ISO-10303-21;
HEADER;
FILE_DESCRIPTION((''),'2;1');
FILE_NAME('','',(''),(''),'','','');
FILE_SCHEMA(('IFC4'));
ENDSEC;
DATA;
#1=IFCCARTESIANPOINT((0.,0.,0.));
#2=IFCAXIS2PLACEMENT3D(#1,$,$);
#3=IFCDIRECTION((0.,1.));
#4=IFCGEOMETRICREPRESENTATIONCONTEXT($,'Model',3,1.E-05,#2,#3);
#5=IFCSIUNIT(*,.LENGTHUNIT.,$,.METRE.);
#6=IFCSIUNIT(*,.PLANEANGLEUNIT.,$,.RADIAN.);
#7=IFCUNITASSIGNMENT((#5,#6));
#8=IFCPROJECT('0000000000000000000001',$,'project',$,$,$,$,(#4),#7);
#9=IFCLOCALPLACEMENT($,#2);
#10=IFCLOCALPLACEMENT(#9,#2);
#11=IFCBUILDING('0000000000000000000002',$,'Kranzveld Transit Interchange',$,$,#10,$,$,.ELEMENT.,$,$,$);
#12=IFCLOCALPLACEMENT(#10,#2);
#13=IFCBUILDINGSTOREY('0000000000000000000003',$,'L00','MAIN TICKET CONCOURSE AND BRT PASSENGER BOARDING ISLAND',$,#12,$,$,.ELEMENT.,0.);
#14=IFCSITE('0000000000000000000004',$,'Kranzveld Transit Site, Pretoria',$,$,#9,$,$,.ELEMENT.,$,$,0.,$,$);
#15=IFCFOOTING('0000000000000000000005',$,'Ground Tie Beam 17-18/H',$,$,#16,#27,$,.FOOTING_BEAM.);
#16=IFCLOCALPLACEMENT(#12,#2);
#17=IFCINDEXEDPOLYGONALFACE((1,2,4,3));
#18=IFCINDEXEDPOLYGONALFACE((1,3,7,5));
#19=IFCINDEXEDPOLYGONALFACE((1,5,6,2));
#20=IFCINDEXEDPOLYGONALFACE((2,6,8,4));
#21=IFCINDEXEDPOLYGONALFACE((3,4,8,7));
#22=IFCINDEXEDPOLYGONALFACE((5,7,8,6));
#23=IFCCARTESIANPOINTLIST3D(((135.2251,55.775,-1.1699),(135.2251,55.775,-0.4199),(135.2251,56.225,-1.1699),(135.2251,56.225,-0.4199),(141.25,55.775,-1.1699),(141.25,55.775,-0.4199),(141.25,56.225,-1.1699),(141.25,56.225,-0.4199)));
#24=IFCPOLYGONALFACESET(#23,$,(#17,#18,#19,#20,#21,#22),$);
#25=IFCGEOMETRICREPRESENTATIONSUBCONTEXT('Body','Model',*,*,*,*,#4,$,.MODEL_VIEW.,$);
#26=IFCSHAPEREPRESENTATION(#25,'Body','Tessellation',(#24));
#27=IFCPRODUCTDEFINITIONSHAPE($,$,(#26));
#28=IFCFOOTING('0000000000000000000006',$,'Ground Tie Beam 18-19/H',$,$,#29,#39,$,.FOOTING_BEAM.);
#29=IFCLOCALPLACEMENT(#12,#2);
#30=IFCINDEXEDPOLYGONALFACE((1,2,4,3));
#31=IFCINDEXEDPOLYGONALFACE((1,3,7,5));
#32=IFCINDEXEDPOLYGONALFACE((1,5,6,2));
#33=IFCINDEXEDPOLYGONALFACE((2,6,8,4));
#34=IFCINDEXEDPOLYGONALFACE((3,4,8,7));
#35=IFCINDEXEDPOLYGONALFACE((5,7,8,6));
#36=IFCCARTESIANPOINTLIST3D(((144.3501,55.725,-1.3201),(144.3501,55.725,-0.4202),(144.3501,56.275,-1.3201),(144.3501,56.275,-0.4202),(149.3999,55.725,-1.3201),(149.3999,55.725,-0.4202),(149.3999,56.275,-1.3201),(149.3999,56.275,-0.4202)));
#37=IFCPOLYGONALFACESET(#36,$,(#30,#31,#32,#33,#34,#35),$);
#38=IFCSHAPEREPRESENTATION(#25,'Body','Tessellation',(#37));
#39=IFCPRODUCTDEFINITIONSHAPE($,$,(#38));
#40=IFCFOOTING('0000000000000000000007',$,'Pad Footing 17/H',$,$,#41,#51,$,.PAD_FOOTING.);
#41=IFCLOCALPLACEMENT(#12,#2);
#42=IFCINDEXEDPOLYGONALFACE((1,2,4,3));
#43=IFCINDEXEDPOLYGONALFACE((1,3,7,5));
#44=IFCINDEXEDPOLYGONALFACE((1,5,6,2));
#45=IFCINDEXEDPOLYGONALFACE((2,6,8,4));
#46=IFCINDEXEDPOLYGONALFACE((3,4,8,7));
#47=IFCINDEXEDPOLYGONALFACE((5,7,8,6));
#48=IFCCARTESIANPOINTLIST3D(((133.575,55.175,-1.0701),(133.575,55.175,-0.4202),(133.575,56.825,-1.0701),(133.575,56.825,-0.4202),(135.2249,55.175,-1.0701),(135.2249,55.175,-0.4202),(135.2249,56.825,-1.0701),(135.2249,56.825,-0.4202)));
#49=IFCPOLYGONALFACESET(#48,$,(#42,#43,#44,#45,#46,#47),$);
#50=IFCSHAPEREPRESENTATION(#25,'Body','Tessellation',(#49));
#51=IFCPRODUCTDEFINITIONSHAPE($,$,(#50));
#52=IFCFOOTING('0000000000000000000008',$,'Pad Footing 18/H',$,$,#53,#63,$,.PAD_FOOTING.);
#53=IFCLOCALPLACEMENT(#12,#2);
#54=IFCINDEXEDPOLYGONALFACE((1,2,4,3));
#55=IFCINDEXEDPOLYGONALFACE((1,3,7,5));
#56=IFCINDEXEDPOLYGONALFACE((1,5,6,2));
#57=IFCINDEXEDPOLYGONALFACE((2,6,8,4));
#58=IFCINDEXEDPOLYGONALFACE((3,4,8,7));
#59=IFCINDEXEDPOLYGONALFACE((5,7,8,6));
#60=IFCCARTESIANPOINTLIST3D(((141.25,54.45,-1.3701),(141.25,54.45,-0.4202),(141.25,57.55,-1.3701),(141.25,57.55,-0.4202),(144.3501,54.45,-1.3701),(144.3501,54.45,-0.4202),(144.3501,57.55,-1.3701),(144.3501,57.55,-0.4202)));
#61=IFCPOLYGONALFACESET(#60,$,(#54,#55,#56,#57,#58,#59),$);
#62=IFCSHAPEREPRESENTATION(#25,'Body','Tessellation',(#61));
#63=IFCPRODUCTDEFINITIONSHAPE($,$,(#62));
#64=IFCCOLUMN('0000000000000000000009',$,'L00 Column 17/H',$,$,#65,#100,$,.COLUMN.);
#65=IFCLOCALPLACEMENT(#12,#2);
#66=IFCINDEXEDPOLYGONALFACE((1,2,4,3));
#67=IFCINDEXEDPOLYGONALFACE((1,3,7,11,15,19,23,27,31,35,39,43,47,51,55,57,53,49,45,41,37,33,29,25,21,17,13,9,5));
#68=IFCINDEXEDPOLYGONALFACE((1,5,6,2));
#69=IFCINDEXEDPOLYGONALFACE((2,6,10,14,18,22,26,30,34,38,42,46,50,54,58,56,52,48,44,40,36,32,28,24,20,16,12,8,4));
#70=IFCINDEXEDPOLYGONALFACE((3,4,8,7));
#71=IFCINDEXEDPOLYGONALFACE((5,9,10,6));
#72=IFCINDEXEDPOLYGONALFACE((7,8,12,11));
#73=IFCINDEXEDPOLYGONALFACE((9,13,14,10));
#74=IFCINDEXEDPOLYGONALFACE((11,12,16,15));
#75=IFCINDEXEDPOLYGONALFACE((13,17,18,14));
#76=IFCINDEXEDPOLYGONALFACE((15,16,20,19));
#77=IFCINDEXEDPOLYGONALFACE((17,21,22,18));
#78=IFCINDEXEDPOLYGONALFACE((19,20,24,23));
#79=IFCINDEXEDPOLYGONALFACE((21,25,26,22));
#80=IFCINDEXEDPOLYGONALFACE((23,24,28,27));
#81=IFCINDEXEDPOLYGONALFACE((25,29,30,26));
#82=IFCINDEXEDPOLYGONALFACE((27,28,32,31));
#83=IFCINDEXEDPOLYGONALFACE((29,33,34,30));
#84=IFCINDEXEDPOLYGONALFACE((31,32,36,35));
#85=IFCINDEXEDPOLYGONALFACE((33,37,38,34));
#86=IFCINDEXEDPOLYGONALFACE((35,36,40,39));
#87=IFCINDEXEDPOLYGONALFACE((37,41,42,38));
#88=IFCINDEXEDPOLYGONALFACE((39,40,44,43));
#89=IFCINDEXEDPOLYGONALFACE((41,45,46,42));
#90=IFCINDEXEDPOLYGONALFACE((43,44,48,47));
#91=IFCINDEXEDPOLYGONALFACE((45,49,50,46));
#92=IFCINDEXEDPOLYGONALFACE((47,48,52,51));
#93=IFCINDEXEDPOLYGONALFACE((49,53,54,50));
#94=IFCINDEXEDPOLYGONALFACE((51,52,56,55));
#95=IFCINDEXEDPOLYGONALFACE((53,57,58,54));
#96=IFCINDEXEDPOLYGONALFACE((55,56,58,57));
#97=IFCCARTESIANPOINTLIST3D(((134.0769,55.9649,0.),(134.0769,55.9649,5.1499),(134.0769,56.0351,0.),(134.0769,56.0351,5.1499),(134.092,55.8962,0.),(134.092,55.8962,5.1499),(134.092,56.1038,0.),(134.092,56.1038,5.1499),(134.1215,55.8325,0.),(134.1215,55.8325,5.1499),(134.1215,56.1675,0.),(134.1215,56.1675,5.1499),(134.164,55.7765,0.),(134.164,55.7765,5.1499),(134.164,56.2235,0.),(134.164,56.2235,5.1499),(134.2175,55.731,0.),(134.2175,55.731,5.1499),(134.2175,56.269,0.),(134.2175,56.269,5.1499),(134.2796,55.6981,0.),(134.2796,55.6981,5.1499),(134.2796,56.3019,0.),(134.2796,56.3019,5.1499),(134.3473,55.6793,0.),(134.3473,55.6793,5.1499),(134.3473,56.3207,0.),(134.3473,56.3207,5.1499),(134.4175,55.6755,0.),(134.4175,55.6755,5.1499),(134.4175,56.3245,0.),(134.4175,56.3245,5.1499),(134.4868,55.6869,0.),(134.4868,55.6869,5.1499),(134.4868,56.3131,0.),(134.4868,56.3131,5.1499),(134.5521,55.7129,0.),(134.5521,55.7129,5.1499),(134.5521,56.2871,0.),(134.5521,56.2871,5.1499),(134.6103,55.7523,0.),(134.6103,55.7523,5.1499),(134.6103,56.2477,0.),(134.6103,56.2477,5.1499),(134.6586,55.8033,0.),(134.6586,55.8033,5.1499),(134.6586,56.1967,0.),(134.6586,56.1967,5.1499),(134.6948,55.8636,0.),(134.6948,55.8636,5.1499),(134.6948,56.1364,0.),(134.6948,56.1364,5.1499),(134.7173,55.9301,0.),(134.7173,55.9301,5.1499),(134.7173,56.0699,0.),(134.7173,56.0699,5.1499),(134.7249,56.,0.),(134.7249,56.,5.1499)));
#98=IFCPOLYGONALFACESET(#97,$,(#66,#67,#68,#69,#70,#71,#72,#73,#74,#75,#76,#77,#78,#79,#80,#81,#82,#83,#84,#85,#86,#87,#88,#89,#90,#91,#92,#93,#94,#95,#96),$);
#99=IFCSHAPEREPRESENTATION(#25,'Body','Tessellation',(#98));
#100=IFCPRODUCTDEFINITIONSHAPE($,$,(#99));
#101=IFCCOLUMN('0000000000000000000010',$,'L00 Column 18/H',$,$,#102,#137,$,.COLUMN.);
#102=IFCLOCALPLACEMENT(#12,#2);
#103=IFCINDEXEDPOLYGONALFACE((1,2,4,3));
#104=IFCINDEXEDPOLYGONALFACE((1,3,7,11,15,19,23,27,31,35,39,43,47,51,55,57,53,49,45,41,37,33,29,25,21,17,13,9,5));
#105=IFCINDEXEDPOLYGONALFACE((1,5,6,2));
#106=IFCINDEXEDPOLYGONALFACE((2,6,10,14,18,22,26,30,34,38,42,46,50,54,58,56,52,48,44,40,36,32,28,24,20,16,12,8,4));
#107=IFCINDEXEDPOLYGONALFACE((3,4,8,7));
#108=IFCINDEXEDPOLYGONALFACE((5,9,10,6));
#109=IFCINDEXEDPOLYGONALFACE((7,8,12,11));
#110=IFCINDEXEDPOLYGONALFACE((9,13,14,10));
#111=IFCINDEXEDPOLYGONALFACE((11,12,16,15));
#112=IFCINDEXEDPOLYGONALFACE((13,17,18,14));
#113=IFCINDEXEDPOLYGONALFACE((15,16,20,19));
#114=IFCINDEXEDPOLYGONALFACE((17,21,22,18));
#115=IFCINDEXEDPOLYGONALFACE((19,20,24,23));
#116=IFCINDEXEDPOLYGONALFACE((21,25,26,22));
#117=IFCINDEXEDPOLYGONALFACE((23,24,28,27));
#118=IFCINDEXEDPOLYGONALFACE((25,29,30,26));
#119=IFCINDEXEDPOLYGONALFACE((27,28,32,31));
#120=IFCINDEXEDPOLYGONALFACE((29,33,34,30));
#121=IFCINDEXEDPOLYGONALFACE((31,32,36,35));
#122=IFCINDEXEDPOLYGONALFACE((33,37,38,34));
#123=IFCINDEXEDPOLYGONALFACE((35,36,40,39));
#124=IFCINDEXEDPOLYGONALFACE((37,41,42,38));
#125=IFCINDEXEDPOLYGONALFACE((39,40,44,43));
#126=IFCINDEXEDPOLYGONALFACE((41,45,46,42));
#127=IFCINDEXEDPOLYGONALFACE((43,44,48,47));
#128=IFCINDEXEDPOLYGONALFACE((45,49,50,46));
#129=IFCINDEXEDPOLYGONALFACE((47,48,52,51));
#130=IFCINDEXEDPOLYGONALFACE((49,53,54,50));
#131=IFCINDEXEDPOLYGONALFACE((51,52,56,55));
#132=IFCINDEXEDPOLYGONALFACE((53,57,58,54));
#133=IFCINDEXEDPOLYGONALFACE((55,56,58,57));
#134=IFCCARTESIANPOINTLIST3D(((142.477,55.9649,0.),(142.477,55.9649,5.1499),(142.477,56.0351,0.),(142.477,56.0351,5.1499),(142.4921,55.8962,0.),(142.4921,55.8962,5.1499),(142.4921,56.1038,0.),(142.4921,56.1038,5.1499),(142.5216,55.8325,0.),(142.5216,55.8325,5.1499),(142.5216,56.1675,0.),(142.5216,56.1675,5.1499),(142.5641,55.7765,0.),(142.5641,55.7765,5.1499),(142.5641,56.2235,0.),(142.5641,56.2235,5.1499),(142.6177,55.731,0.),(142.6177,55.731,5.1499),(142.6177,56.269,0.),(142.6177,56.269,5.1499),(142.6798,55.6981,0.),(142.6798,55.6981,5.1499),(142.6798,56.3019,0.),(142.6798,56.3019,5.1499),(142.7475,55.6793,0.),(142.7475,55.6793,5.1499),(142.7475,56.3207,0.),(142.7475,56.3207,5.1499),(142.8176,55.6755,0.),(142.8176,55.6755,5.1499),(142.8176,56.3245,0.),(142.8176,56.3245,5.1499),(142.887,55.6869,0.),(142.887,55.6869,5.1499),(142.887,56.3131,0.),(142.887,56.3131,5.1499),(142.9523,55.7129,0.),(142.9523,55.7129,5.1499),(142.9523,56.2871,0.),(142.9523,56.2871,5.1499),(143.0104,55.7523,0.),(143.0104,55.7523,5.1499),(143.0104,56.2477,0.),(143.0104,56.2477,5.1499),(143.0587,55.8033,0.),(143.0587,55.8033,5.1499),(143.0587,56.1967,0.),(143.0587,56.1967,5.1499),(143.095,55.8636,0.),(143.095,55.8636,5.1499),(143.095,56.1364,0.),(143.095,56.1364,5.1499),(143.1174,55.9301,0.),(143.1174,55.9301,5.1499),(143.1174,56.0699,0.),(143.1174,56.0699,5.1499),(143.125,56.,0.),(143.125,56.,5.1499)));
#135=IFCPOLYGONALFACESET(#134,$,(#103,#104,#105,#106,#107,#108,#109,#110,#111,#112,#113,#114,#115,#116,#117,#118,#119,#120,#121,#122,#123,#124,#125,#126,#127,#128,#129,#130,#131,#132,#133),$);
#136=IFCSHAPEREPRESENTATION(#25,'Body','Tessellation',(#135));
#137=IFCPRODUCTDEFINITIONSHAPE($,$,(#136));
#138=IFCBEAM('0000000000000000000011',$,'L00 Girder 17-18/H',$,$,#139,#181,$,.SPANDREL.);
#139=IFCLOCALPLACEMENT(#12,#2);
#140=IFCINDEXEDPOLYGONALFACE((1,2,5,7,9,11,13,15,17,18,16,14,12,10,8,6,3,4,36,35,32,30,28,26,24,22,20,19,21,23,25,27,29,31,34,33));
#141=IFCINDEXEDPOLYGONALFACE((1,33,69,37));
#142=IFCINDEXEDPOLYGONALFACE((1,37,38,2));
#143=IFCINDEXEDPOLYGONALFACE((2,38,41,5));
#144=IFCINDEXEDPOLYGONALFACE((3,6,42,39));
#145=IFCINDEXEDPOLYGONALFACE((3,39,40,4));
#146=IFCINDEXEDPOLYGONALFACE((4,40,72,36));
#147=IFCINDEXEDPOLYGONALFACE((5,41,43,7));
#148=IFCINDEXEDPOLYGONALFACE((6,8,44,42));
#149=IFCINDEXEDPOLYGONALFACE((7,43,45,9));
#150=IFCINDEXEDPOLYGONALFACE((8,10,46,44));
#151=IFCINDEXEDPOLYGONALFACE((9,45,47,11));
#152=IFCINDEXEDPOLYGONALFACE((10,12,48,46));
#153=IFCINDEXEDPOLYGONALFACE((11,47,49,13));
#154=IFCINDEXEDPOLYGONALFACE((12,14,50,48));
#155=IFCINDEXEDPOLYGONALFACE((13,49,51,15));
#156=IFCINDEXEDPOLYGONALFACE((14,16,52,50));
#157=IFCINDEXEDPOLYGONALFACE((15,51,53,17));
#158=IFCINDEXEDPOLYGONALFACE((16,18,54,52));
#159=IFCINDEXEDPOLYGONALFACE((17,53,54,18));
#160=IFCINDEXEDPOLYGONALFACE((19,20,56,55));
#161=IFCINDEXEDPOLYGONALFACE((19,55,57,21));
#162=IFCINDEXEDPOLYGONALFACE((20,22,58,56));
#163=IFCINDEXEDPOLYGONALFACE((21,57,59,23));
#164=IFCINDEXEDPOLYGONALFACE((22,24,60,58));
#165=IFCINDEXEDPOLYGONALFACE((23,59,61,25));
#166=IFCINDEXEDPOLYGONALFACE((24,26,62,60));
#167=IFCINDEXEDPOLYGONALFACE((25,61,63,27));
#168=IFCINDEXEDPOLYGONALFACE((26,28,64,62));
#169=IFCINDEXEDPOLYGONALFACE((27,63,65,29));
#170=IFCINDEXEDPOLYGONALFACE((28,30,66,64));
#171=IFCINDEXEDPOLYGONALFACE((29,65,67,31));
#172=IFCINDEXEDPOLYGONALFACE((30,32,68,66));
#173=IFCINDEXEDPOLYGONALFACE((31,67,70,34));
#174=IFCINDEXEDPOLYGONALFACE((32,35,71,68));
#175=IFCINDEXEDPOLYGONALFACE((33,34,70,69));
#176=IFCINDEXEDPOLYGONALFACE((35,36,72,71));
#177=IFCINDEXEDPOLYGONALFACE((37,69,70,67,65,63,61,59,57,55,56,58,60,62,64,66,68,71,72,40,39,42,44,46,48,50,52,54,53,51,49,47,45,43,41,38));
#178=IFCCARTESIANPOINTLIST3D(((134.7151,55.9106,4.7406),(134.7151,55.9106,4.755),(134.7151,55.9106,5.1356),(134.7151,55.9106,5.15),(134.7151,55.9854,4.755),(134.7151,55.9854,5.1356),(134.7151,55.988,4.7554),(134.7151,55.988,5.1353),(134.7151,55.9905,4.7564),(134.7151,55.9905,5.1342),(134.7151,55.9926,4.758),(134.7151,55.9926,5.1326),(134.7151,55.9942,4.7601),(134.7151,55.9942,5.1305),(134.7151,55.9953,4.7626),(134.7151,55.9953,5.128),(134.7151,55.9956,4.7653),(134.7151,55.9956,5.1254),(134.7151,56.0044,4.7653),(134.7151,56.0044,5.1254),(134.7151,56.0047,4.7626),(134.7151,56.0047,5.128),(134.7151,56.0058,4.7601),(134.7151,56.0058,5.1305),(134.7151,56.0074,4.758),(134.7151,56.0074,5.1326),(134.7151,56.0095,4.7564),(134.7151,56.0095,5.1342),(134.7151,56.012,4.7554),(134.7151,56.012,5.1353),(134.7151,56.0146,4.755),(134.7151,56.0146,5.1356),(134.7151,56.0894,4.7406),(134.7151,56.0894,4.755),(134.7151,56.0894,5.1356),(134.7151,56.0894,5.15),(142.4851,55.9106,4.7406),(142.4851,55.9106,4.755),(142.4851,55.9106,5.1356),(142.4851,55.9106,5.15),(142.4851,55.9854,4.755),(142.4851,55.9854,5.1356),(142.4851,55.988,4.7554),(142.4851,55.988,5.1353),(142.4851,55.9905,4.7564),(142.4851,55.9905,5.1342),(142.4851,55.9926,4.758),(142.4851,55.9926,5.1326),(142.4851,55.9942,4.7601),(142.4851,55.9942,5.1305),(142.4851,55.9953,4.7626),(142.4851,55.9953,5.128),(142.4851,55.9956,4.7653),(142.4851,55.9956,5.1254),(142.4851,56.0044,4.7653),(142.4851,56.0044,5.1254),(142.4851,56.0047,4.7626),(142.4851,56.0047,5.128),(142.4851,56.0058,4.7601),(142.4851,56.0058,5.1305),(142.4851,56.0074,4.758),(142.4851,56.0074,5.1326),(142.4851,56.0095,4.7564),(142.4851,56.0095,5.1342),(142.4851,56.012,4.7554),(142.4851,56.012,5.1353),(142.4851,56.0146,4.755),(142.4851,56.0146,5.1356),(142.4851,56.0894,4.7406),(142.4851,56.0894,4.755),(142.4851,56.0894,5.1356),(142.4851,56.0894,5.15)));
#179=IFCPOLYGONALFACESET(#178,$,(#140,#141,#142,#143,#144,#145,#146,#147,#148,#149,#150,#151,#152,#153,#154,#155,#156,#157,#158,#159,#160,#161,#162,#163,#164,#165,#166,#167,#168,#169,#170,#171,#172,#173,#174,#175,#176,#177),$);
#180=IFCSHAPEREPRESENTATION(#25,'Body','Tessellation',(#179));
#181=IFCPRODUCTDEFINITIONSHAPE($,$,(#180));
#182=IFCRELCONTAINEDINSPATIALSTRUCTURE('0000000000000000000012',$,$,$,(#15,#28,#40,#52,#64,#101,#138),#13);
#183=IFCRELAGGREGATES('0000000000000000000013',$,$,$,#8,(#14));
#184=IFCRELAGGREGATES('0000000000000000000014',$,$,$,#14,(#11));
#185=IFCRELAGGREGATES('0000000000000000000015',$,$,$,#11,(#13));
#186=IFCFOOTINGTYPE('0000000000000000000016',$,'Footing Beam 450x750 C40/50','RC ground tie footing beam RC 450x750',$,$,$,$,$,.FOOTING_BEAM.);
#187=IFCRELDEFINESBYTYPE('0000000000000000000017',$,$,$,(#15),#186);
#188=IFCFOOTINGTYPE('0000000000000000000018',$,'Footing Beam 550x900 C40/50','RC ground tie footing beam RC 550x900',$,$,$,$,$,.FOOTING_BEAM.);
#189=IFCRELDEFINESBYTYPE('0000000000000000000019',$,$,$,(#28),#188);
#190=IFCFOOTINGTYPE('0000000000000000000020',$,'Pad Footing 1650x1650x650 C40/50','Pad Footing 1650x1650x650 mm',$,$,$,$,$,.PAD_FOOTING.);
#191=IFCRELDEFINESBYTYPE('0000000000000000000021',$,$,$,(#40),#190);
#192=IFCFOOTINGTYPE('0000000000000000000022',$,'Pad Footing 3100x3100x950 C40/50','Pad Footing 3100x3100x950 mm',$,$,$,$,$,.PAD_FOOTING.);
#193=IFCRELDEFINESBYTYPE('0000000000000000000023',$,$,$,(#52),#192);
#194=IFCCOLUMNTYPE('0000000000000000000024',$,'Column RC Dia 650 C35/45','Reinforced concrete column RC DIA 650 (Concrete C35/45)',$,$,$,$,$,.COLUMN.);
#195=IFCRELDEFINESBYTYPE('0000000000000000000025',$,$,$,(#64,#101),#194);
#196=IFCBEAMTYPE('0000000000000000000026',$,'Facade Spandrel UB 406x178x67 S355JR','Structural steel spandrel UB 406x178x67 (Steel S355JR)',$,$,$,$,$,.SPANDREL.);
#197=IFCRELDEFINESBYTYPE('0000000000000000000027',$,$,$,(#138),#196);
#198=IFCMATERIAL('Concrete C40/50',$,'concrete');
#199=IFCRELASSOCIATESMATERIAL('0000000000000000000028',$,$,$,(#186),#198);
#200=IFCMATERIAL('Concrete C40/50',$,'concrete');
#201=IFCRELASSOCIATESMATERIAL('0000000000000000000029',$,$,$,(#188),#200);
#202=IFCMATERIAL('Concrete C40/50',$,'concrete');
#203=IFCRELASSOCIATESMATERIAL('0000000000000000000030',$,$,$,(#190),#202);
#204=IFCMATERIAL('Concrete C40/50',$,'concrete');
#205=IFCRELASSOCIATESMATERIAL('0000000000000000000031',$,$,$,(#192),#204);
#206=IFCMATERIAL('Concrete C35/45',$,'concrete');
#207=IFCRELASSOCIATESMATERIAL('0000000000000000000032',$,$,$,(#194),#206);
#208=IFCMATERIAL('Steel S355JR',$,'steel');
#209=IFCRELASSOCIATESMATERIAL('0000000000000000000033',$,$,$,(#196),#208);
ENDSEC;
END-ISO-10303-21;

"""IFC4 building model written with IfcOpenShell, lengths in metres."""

from ifc_helpers import new_model, si_unit, direction, frame, origin, origin_2d, place, context, subcontext, project, spatial, rectangle, circle, i_section, extrude, material, material_profile, profile_set, type_object, element, save


model = new_model("IFC4")

# Units and contexts
model_context = context("Model", 3, precision=1e-05, world=origin(), true_north=direction((0.0, 1.0)))
body_context = subcontext(model_context, "Body", "Model", "MODEL_VIEW")
ifc_project = project(units=[si_unit("LENGTHUNIT", "METRE"), si_unit("PLANEANGLEUNIT", "RADIAN")], contexts=[model_context])

# Site, building, storey
site_placement = place(None, origin())
site = spatial("IfcSite", under=ifc_project, at=site_placement, Name="Kranzveld Transit Site, Pretoria", CompositionType="ELEMENT", RefElevation=0.0)
building_placement = place(site_placement, origin())
building = spatial("IfcBuilding", under=site, at=building_placement, Name="Kranzveld Transit Interchange", CompositionType="ELEMENT")
storey_placement = place(building_placement, origin())
storey = spatial("IfcBuildingStorey", under=building, at=storey_placement, Name="L00", Description="MAIN TICKET CONCOURSE AND BRT PASSENGER BOARDING ISLAND", CompositionType="ELEMENT", Elevation=0.0)

# Footings
ifc_material_1 = material(Name="Concrete C40/50", Category="concrete")
ifc_material_profile_1 = material_profile(ifc_material_1, rectangle(XDim=0.45, YDim=0.75, at=origin_2d()), Name="RC 450x750")
ifc_profile_set_1 = profile_set([ifc_material_profile_1], Name="Concrete C40/50")
footing_type_1 = type_object("IfcFootingType", Name="Footing Beam 450x750 C40/50", Description="RC ground tie footing beam RC 450x750", PredefinedType="FOOTING_BEAM", material=ifc_profile_set_1)
footing_1_placement = place(storey_placement, frame((135.2251, 56.0, -0.7949), z_axis=(1.0, 0.0, 0.0), x_axis=(0.0, 1.0, 0.0)))
element("IfcFooting", 1, at=footing_1_placement, inside=storey, type_object=footing_type_1, Name="Ground Tie Beam 17-18/H", PredefinedType="FOOTING_BEAM", context=body_context, shape_type="SweptSolid", body=[
    extrude(rectangle(XDim=0.45, YDim=0.75, at=origin_2d()), origin(), (0.0, 0.0, 1.0), 6.0249),
])
ifc_material_2 = material(Name="Concrete C40/50", Category="concrete")
ifc_material_profile_2 = material_profile(ifc_material_2, rectangle(XDim=0.55, YDim=0.8999, at=origin_2d()), Name="RC 550x900")
ifc_profile_set_2 = profile_set([ifc_material_profile_2], Name="Concrete C40/50")
footing_type_2 = type_object("IfcFootingType", Name="Footing Beam 550x900 C40/50", Description="RC ground tie footing beam RC 550x900", PredefinedType="FOOTING_BEAM", material=ifc_profile_set_2)
footing_2_placement = place(storey_placement, frame((144.3501, 56.0, -0.8701), z_axis=(1.0, 0.0, 0.0), x_axis=(0.0, 1.0, 0.0)))
element("IfcFooting", 2, at=footing_2_placement, inside=storey, type_object=footing_type_2, Name="Ground Tie Beam 18-19/H", PredefinedType="FOOTING_BEAM", context=body_context, shape_type="SweptSolid", body=[
    extrude(rectangle(XDim=0.55, YDim=0.8999, at=origin_2d()), origin(), (0.0, 0.0, 1.0), 5.0498),
])
ifc_material_3 = material(Name="Concrete C40/50", Category="concrete")
footing_type_3 = type_object("IfcFootingType", Name="Pad Footing 1650x1650x650 C40/50", Description="Pad Footing 1650x1650x650 mm", PredefinedType="PAD_FOOTING", material=ifc_material_3)
footing_3_placement = place(storey_placement, frame((134.3999, 56.0, -1.0701), z_axis=(0.0, 0.0, 1.0), x_axis=(1.0, 0.0, 0.0)))
element("IfcFooting", 3, at=footing_3_placement, inside=storey, type_object=footing_type_3, Name="Pad Footing 17/H", PredefinedType="PAD_FOOTING", context=body_context, shape_type="SweptSolid", body=[
    extrude(rectangle(XDim=1.6499, YDim=1.6499, at=origin_2d()), origin(), (0.0, 0.0, 1.0), 0.6499),
])
ifc_material_4 = material(Name="Concrete C40/50", Category="concrete")
footing_type_4 = type_object("IfcFootingType", Name="Pad Footing 3100x3100x950 C40/50", Description="Pad Footing 3100x3100x950 mm", PredefinedType="PAD_FOOTING", material=ifc_material_4)
footing_4_placement = place(storey_placement, frame((142.8, 56.0, -1.3701), z_axis=(0.0, 0.0, 1.0), x_axis=(1.0, 0.0, 0.0)))
element("IfcFooting", 4, at=footing_4_placement, inside=storey, type_object=footing_type_4, Name="Pad Footing 18/H", PredefinedType="PAD_FOOTING", context=body_context, shape_type="SweptSolid", body=[
    extrude(rectangle(XDim=3.1001, YDim=3.1001, at=origin_2d()), origin(), (0.0, 0.0, 1.0), 0.95),
])

# Columns
ifc_material_5 = material(Name="Concrete C35/45", Category="concrete")
ifc_material_profile_3 = material_profile(ifc_material_5, circle(Radius=0.325, at=origin_2d()), Name="RC DIA 650")
ifc_profile_set_3 = profile_set([ifc_material_profile_3], Name="Concrete C35/45")
column_type = type_object("IfcColumnType", Name="Column RC Dia 650 C35/45", Description="Reinforced concrete column RC DIA 650 (Concrete C35/45)", PredefinedType="COLUMN", material=ifc_profile_set_3)
for number, where, z_axis, x_axis, name in (
    (5, (134.3999, 56.0, 0.0), (0.0, 0.0, 1.0), (1.0, 0.0, 0.0), "L00 Column 17/H"),
    (6, (142.8, 56.0, 0.0), (0.0, 0.0, 1.0), (1.0, 0.0, 0.0), "L00 Column 18/H"),
):
    element("IfcColumn", number, at=place(storey_placement, frame(where, z_axis=z_axis, x_axis=x_axis)), inside=storey, type_object=column_type, Name=name, PredefinedType="COLUMN", context=body_context, shape_type="SweptSolid", body=[
        extrude(circle(Radius=0.325, at=origin_2d()), origin(), (0.0, 0.0, 1.0), 5.1499),
    ])

# Beam
ifc_material_6 = material(Name="Steel S355JR", Category="steel")
ifc_material_profile_4 = material_profile(ifc_material_6, i_section(OverallWidth=0.1787, OverallDepth=0.4094, WebThickness=0.0088, FlangeThickness=0.0144, FilletRadius=0.0103, at=origin_2d()), Name="UB 406x178x67")
ifc_profile_set_4 = profile_set([ifc_material_profile_4], Name="Steel S355JR")
beam_type_1 = type_object("IfcBeamType", Name="Facade Spandrel UB 406x178x67 S355JR", Description="Structural steel spandrel UB 406x178x67 (Steel S355JR)", PredefinedType="SPANDREL", material=ifc_profile_set_4)
for number, where, z_axis, x_axis, name in (
    (7, (134.7151, 56.0, 4.9453), (1.0, 0.0, 0.0), (0.0, 1.0, 0.0), "L00 Girder 17-18/H"),
):
    element("IfcBeam", number, at=place(storey_placement, frame(where, z_axis=z_axis, x_axis=x_axis)), inside=storey, type_object=beam_type_1, Name=name, PredefinedType="SPANDREL", context=body_context, shape_type="SweptSolid", body=[
        extrude(i_section(OverallWidth=0.1787, OverallDepth=0.4094, WebThickness=0.0088, FlangeThickness=0.0144, FilletRadius=0.0103, at=origin_2d()), origin(), (0.0, 0.0, 1.0), 7.77),
    ])

save(model, "model.ifc")
